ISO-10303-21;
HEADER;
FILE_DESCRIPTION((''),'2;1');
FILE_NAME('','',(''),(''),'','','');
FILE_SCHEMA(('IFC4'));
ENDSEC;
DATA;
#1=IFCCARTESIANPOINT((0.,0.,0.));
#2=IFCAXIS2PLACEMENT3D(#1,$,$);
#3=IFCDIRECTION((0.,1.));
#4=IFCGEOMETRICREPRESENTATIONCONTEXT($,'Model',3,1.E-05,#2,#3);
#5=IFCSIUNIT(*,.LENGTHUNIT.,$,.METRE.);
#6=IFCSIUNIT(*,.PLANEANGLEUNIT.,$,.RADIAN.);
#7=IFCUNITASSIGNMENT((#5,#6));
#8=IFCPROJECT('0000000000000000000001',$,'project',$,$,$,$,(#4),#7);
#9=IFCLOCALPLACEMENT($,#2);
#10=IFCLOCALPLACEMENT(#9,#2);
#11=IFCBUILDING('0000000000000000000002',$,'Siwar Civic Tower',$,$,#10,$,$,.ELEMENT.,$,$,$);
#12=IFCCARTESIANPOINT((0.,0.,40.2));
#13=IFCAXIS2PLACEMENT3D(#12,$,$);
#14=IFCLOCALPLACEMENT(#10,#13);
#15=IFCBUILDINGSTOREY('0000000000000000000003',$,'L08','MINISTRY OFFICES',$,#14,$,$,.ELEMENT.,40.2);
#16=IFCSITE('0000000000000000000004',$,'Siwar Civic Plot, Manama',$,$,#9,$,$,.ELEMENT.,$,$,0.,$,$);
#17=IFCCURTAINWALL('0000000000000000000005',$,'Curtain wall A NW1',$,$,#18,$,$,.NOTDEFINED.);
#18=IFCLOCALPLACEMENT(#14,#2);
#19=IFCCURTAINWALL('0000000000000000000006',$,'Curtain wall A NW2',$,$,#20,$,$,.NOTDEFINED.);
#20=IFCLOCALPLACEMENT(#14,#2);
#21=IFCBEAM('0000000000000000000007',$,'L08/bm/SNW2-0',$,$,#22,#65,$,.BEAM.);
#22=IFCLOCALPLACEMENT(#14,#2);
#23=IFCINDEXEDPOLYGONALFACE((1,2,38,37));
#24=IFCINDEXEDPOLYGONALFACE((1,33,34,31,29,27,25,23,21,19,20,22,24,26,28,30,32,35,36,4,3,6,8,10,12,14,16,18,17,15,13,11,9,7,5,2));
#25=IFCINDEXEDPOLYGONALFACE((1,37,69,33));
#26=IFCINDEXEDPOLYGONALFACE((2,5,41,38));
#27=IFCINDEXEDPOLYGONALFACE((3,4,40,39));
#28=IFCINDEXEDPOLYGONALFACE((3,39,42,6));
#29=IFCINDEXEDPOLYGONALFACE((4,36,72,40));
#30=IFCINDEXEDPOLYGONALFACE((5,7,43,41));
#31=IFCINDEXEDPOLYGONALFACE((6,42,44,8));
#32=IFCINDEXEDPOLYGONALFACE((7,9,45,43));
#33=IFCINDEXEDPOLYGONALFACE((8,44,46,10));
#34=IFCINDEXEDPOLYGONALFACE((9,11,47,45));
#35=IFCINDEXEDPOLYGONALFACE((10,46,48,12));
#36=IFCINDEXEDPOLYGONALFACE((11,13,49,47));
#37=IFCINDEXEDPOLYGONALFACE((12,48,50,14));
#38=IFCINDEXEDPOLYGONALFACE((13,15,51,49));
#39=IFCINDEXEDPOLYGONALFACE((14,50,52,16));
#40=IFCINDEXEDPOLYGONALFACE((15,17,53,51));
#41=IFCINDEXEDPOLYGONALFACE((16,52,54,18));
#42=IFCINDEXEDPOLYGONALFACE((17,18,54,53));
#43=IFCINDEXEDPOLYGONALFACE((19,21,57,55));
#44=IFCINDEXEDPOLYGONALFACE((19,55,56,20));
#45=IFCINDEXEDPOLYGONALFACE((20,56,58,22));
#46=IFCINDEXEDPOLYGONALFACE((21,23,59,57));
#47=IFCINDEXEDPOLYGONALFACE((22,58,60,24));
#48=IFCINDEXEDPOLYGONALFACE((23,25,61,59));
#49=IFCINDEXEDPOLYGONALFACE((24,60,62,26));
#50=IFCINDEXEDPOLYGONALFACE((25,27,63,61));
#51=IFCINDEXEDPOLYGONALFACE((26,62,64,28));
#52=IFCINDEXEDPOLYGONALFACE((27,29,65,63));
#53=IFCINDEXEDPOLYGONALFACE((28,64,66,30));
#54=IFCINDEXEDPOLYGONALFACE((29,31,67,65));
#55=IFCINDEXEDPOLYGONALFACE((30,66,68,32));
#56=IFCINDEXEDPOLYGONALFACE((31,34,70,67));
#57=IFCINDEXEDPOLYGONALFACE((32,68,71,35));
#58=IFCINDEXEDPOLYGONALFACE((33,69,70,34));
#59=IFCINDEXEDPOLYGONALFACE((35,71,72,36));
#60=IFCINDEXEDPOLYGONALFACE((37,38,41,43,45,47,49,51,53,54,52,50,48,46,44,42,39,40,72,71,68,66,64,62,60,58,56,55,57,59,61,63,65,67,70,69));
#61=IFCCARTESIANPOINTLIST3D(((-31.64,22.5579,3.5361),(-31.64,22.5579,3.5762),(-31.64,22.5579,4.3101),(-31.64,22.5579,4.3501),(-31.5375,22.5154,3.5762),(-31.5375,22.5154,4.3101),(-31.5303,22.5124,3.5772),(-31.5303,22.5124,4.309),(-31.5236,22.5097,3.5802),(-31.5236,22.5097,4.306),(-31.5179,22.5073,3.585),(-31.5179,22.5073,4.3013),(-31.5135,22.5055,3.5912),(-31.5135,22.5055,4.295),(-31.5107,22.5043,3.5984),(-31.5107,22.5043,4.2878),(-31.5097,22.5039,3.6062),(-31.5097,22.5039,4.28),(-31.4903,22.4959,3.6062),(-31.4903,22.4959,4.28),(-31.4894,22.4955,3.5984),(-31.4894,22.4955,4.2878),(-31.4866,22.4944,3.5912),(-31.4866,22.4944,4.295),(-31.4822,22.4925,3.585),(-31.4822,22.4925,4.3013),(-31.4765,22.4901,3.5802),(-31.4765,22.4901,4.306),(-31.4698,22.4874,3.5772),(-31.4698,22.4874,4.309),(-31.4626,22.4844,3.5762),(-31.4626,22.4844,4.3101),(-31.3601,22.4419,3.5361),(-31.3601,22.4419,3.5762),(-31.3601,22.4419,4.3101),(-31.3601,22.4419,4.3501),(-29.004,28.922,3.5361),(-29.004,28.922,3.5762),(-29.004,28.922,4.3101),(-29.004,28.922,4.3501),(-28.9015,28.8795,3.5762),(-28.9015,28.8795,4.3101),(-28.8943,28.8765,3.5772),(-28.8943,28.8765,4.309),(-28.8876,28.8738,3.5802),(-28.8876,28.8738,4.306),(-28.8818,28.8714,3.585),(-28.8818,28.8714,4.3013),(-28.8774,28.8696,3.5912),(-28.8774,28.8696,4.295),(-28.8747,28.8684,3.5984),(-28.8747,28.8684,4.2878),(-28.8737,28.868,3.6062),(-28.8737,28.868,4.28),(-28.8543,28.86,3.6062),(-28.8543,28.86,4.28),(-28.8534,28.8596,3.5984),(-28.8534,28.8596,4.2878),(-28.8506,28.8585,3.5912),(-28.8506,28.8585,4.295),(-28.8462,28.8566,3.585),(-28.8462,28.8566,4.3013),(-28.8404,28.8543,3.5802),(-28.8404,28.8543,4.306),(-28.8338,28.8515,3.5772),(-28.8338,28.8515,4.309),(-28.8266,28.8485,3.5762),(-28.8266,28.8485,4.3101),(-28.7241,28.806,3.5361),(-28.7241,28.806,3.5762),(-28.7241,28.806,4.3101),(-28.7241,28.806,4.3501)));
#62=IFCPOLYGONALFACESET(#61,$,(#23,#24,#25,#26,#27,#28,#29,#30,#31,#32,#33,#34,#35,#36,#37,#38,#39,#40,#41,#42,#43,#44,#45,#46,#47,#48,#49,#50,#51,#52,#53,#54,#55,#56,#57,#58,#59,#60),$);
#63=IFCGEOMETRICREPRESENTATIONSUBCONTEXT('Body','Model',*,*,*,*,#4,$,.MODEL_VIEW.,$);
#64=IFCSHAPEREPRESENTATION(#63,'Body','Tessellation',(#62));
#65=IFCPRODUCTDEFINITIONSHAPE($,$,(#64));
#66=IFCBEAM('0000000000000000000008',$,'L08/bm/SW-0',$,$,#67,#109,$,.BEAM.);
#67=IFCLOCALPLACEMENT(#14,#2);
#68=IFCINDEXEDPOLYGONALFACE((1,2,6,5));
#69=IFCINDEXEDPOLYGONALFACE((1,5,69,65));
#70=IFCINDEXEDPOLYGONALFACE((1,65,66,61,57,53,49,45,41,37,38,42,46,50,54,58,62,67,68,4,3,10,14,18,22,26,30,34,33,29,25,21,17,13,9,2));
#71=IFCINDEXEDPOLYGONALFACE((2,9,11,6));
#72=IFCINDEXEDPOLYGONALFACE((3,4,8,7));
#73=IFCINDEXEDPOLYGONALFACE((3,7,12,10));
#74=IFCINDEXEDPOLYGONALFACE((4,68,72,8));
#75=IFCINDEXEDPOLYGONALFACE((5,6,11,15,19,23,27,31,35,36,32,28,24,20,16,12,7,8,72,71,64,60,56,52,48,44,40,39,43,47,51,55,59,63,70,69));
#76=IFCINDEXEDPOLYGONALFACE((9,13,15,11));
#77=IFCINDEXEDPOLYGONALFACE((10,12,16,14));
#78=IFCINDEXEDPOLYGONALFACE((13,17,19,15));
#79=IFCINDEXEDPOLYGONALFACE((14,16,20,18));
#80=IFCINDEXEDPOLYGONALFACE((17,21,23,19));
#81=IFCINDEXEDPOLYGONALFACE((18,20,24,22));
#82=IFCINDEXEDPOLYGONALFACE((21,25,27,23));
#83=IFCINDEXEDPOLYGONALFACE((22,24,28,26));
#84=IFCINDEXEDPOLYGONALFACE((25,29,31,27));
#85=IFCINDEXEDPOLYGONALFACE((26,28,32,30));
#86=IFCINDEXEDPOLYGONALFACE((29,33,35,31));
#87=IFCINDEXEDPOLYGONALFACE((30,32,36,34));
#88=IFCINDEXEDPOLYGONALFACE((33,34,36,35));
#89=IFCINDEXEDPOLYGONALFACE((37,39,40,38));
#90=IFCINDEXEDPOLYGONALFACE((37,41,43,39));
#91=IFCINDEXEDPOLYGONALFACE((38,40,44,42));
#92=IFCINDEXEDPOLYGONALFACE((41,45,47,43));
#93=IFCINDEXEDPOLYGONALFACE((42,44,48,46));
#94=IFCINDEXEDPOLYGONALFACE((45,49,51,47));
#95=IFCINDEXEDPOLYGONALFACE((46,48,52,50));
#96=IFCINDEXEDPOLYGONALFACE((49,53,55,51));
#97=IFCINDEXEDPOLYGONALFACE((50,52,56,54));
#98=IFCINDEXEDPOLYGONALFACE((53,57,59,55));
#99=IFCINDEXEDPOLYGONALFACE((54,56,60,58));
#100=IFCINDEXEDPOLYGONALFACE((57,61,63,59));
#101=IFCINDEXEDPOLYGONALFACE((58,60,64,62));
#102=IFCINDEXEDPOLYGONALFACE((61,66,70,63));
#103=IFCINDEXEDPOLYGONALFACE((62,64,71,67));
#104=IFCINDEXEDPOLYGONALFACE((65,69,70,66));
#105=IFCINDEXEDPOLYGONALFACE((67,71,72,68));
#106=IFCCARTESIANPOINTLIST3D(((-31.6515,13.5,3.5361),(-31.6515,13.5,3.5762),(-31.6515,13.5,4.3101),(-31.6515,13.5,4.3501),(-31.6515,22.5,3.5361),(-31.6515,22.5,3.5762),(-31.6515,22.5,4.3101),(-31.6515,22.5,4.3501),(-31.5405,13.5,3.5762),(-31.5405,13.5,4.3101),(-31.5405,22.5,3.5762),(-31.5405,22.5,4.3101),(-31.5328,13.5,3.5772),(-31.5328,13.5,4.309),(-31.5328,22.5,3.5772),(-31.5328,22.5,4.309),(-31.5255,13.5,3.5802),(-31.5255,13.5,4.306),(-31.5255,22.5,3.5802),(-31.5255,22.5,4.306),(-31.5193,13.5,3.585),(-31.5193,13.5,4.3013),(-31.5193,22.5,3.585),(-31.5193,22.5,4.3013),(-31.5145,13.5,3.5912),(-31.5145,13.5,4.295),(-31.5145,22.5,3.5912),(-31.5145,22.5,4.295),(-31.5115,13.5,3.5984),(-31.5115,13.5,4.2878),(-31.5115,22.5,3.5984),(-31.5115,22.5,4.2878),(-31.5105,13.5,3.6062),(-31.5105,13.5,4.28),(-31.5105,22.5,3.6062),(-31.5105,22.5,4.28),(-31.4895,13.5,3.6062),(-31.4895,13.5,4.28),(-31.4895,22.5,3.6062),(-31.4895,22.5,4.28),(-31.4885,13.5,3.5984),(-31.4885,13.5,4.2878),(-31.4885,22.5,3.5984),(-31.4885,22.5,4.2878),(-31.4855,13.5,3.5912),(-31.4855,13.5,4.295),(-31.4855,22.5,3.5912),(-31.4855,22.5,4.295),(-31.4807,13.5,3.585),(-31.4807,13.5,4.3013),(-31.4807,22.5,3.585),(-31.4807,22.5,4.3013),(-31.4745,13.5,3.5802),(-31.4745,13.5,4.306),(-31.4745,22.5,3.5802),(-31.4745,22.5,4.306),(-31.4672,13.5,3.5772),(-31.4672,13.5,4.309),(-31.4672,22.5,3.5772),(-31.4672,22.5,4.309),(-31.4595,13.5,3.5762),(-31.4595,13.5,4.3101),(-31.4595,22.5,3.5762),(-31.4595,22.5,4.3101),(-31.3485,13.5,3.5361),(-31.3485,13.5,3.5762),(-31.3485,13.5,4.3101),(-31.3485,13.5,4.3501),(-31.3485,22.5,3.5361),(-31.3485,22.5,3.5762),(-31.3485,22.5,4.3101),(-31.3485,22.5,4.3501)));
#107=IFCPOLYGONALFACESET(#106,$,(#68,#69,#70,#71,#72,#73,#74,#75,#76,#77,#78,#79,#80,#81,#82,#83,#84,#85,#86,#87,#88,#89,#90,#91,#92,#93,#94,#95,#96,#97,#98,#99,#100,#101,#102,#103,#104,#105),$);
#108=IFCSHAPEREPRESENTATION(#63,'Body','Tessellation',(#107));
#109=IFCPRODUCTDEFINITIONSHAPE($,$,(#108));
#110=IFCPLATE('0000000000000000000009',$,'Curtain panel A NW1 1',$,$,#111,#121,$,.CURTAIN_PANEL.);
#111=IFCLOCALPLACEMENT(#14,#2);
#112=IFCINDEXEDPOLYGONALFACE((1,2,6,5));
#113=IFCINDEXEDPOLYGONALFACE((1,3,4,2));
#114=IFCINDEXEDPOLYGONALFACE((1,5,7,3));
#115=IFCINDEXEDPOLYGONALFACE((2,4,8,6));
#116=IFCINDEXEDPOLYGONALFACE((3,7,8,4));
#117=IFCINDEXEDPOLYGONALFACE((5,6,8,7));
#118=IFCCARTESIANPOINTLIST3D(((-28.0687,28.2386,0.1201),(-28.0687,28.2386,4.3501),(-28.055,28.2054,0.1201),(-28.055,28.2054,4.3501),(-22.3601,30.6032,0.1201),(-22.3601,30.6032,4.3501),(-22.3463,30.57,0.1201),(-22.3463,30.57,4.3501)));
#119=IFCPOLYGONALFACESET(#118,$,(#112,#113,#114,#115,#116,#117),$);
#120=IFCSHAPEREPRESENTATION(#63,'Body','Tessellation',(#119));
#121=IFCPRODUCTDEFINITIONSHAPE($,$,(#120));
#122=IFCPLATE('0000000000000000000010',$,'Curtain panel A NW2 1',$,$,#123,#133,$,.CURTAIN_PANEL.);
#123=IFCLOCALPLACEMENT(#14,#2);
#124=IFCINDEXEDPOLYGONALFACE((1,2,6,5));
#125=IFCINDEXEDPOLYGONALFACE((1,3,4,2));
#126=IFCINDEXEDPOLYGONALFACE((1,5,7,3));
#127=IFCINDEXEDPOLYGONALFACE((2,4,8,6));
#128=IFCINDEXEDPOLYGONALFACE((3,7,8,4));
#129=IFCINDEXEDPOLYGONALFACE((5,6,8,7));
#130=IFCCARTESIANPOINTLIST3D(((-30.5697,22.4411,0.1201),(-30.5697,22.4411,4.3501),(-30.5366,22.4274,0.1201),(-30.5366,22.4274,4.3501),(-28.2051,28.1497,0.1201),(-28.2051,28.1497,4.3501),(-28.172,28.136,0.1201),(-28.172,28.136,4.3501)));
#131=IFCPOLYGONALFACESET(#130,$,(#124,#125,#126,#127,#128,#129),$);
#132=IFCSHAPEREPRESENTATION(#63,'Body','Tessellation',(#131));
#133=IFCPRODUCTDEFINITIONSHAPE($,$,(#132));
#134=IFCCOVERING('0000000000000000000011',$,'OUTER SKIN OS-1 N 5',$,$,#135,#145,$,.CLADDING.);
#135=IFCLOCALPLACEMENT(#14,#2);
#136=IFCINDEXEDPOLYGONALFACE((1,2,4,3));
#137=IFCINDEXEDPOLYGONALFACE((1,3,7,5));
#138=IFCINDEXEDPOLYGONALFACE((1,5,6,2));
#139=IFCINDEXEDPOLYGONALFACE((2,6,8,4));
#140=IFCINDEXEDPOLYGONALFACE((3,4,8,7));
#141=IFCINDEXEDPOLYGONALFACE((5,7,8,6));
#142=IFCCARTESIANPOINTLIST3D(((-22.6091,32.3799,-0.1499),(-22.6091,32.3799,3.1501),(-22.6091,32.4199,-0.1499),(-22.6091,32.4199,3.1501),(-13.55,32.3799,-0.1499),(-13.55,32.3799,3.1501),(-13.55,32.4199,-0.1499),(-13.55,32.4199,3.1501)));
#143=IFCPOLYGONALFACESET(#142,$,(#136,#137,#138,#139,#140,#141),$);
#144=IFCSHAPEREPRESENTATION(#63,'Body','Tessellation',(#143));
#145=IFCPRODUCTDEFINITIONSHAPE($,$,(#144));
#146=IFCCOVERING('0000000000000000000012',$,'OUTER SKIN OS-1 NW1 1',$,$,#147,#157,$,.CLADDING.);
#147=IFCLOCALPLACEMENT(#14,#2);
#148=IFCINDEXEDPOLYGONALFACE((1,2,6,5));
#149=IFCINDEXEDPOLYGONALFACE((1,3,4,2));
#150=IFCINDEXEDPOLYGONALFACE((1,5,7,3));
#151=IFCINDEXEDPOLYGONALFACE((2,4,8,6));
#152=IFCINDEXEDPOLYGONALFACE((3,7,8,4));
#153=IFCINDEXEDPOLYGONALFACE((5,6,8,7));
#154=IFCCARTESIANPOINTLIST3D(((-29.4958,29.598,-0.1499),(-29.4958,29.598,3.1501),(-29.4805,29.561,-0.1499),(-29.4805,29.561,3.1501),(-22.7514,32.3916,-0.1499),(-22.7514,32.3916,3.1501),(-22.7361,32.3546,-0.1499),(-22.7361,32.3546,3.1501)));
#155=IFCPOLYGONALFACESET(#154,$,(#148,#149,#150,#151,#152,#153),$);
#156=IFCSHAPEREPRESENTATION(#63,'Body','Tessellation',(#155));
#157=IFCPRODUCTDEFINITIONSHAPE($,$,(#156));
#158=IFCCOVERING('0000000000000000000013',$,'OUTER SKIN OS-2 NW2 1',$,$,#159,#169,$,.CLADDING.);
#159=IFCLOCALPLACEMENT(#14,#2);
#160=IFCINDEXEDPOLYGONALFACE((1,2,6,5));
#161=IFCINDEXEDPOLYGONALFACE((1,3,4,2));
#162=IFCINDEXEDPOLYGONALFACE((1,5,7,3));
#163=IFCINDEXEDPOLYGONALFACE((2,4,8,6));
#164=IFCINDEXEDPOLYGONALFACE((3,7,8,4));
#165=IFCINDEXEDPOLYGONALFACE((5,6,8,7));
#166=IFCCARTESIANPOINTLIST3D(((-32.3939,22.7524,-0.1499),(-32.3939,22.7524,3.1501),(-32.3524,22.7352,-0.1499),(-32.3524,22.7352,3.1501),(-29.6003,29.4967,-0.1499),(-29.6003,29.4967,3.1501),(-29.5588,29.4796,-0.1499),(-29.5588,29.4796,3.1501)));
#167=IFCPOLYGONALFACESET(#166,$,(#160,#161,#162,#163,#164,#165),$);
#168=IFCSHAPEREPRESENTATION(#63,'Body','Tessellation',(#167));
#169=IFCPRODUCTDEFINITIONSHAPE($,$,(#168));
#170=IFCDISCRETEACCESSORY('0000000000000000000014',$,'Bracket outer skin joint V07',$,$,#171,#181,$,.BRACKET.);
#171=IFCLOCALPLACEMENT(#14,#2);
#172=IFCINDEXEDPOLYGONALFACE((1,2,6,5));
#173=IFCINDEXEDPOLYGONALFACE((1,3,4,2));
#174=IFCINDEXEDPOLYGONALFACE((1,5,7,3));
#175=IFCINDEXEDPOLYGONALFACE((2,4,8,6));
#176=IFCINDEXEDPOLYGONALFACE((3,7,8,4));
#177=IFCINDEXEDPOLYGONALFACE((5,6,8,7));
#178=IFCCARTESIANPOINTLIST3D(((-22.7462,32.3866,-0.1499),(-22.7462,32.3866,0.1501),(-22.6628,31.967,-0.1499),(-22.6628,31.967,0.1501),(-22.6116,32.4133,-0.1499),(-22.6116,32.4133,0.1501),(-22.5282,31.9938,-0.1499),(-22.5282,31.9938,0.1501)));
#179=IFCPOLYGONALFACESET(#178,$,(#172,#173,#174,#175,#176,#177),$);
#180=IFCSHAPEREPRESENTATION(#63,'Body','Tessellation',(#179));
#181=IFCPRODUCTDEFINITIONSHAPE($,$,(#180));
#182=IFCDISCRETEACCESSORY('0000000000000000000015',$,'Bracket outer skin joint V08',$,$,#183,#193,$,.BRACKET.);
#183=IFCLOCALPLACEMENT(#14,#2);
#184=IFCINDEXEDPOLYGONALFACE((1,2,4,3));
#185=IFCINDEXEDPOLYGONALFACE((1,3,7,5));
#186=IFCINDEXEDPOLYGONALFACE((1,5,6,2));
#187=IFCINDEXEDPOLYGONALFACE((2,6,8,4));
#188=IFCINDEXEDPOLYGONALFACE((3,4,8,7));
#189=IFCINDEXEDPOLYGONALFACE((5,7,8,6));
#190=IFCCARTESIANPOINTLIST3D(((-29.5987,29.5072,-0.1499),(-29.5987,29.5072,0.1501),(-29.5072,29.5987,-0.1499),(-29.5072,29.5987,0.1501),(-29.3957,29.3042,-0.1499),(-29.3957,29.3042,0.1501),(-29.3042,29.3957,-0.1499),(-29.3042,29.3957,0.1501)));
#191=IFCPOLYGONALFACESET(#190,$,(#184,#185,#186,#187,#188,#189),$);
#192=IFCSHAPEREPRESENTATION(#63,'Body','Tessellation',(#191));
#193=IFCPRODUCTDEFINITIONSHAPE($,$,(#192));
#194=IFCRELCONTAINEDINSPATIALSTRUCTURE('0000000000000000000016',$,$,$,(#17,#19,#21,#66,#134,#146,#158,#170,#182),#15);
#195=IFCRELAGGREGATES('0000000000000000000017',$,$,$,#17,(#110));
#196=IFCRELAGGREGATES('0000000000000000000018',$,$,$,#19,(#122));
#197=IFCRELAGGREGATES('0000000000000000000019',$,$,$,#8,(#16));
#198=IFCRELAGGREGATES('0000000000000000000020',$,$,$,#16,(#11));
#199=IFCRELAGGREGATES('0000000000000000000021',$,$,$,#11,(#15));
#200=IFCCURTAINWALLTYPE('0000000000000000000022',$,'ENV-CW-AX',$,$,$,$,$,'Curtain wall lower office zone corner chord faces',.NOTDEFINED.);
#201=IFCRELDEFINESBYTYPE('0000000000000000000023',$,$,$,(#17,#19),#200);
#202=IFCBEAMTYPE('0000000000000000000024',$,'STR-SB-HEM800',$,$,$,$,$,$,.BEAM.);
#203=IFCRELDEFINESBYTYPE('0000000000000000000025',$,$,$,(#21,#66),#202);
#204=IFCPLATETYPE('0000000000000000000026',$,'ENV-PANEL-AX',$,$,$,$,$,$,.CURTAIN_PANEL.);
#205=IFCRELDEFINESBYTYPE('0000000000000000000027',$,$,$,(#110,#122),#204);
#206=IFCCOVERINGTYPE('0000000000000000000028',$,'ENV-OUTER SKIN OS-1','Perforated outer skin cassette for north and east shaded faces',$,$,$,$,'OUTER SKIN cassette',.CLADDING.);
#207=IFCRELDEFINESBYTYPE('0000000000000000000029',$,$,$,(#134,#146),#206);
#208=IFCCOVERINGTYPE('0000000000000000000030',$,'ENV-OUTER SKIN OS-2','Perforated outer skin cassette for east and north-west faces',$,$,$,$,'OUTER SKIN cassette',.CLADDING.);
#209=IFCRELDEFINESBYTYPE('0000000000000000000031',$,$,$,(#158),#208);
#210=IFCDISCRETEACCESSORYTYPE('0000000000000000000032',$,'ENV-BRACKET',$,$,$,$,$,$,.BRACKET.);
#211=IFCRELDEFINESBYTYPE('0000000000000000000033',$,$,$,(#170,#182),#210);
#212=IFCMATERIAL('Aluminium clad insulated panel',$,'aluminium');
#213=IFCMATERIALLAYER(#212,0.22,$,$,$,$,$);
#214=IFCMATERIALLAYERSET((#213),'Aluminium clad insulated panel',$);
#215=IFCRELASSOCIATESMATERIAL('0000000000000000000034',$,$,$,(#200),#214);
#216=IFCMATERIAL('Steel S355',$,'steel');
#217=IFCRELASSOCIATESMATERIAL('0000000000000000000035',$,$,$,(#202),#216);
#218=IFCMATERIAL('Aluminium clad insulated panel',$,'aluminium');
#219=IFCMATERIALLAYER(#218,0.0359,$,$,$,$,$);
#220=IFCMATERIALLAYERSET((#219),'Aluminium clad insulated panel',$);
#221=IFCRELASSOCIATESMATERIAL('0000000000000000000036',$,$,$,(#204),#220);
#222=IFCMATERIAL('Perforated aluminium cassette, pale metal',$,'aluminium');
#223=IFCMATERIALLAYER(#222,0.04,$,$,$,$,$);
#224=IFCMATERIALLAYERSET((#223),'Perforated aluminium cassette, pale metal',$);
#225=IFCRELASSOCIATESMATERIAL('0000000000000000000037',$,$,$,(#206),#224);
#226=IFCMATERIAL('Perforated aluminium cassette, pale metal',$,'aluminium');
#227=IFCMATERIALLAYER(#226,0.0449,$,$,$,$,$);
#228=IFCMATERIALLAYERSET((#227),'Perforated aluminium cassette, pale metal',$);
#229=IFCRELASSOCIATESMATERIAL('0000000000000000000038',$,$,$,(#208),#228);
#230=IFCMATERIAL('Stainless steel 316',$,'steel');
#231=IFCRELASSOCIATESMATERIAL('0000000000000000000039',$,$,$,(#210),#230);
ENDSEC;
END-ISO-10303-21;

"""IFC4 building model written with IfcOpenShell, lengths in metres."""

from ifc_helpers import new_model, si_unit, direction, frame, origin, origin_2d, place, context, subcontext, project, spatial, rectangle, i_section, extrude, material, layer, layer_set, material_profile, profile_set, type_object, element, aggregate, save


model = new_model("IFC4")

# Units and contexts
model_context = context("Model", 3, precision=1e-05, world=origin(), true_north=direction((0.0, 1.0)))
body_context = subcontext(model_context, "Body", "Model", "MODEL_VIEW")
ifc_project = project(units=[si_unit("LENGTHUNIT", "METRE"), si_unit("PLANEANGLEUNIT", "RADIAN")], contexts=[model_context])

# Site, building, storey
site_placement = place(None, origin())
site = spatial("IfcSite", under=ifc_project, at=site_placement, Name="Siwar Civic Plot, Manama", CompositionType="ELEMENT", RefElevation=0.0)
building_placement = place(site_placement, origin())
building = spatial("IfcBuilding", under=site, at=building_placement, Name="Siwar Civic Tower", CompositionType="ELEMENT")
storey_placement = place(building_placement, frame((0.0, 0.0, 40.2)))
storey = spatial("IfcBuildingStorey", under=building, at=storey_placement, Name="L08", Description="MINISTRY OFFICES", CompositionType="ELEMENT", Elevation=40.2)

# Curtain walls
ifc_material_1 = material(Name="Aluminium clad insulated panel", Category="aluminium")
ifc_layer_1 = layer(ifc_material_1, 0.22)
ifc_layer_set_1 = layer_set([ifc_layer_1], Name="Aluminium clad insulated panel")
curtain_wall_type_1 = type_object("IfcCurtainWallType", Name="ENV-CW-AX", ElementType="Curtain wall lower office zone corner chord faces", PredefinedType="NOTDEFINED", material=ifc_layer_set_1)
curtain_wall_1_placement = place(storey_placement, origin())
curtain_wall_1 = element("IfcCurtainWall", 1, at=curtain_wall_1_placement, inside=storey, type_object=curtain_wall_type_1, Name="Curtain wall A NW1", PredefinedType="NOTDEFINED")
curtain_wall_2_placement = place(storey_placement, origin())
curtain_wall_2 = element("IfcCurtainWall", 2, at=curtain_wall_2_placement, inside=storey, type_object=curtain_wall_type_1, Name="Curtain wall A NW2", PredefinedType="NOTDEFINED")

# Beams
ifc_material_2 = material(Name="Steel S355", Category="steel")
ifc_material_profile_1 = material_profile(ifc_material_2, i_section(OverallWidth=0.303, OverallDepth=0.814, WebThickness=0.021, FlangeThickness=0.04, FilletRadius=0.03, at=origin_2d()), Name="HEM800")
ifc_profile_set_1 = profile_set([ifc_material_profile_1], Name="Steel S355")
beam_type_1 = type_object("IfcBeamType", Name="STR-SB-HEM800", PredefinedType="BEAM", material=ifc_profile_set_1)
for number, where, z_axis, x_axis, name in (
    (3, (-28.864, 28.864, 3.9431), (-0.382674, -0.923883, 0.0), (0.923883, -0.382674, 0.0), "L08/bm/SNW2-0"),
):
    element("IfcBeam", number, at=place(storey_placement, frame(where, z_axis=z_axis, x_axis=x_axis)), inside=storey, type_object=beam_type_1, Name=name, PredefinedType="BEAM", context=body_context, shape_type="SweptSolid", body=[
        extrude(i_section(OverallWidth=0.303, OverallDepth=0.814, WebThickness=0.021, FlangeThickness=0.04, FilletRadius=0.03, at=origin_2d()), origin(), (0.0, 0.0, 1.0), 6.8884),
    ])
beam_1_placement = place(storey_placement, frame((-31.5, 22.5, 3.9431), z_axis=(0.0, -1.0, 0.0), x_axis=(1.0, 0.0, 0.0)))
element("IfcBeam", 4, at=beam_1_placement, inside=storey, type_object=beam_type_1, Name="L08/bm/SW-0", PredefinedType="BEAM", context=body_context, shape_type="SweptSolid", body=[
    extrude(i_section(OverallWidth=0.303, OverallDepth=0.814, WebThickness=0.021, FlangeThickness=0.04, FilletRadius=0.03, at=origin_2d()), origin(), (0.0, 0.0, 1.0), 9.0),
])

# Plates
ifc_material_3 = material(Name="Aluminium clad insulated panel", Category="aluminium")
ifc_layer_2 = layer(ifc_material_3, 0.0359)
ifc_layer_set_2 = layer_set([ifc_layer_2], Name="Aluminium clad insulated panel")
plate_type = type_object("IfcPlateType", Name="ENV-PANEL-AX", PredefinedType="CURTAIN_PANEL", material=ifc_layer_set_2)
plate_1_placement = place(storey_placement, frame((-25.2075, 29.4043, 0.1201), z_axis=(0.0, 0.0, 1.0), x_axis=(-0.92388, -0.382683, 0.0)))
plate_1 = element("IfcPlate", 5, at=plate_1_placement, type_object=plate_type, Name="Curtain panel A NW1 1", PredefinedType="CURTAIN_PANEL", context=body_context, shape_type="SweptSolid", body=[
    extrude(rectangle(XDim=6.179, YDim=0.0359, at=origin_2d()), origin(), (0.0, 0.0, 1.0), 4.23),
])
aggregate(curtain_wall_1, [plate_1])
plate_2_placement = place(storey_placement, frame((-29.3708, 25.2886, 0.1201), z_axis=(0.0, 0.0, 1.0), x_axis=(-0.382683, -0.92388, 0.0)))
plate_2 = element("IfcPlate", 6, at=plate_2_placement, type_object=plate_type, Name="Curtain panel A NW2 1", PredefinedType="CURTAIN_PANEL", context=body_context, shape_type="SweptSolid", body=[
    extrude(rectangle(XDim=6.179, YDim=0.0359, at=origin_2d()), origin(), (0.0, 0.0, 1.0), 4.23),
])
aggregate(curtain_wall_2, [plate_2])

# Coverings
ifc_material_4 = material(Name="Perforated aluminium cassette, pale metal", Category="aluminium")
ifc_layer_3 = layer(ifc_material_4, 0.04)
ifc_layer_set_3 = layer_set([ifc_layer_3], Name="Perforated aluminium cassette, pale metal")
covering_type_1 = type_object("IfcCoveringType", Name="ENV-OUTER SKIN OS-1", Description="Perforated outer skin cassette for north and east shaded faces", ElementType="OUTER SKIN cassette", PredefinedType="CLADDING", material=ifc_layer_set_3)
covering_1_placement = place(storey_placement, frame((-18.0796, 32.3999, -0.1499), z_axis=(0.0, 0.0, 1.0), x_axis=(-1.0, 0.0, 0.0)))
element("IfcCovering", 7, at=covering_1_placement, inside=storey, type_object=covering_type_1, Name="OUTER SKIN OS-1 N 5", PredefinedType="CLADDING", context=body_context, shape_type="SweptSolid", body=[
    extrude(rectangle(XDim=9.0591, YDim=0.04, at=origin_2d()), origin(), (0.0, 0.0, 1.0), 3.3),
])
covering_2_placement = place(storey_placement, frame((-26.116, 30.9763, -0.1499), z_axis=(0.0, 0.0, 1.0), x_axis=(-0.92388, -0.382683, 0.0)))
element("IfcCovering", 8, at=covering_2_placement, inside=storey, type_object=covering_type_1, Name="OUTER SKIN OS-1 NW1 1", PredefinedType="CLADDING", context=body_context, shape_type="SweptSolid", body=[
    extrude(rectangle(XDim=7.3, YDim=0.04, at=origin_2d()), origin(), (0.0, 0.0, 1.0), 3.3),
])
ifc_material_5 = material(Name="Perforated aluminium cassette, pale metal", Category="aluminium")
ifc_layer_4 = layer(ifc_material_5, 0.0449)
ifc_layer_set_4 = layer_set([ifc_layer_4], Name="Perforated aluminium cassette, pale metal")
covering_type_2 = type_object("IfcCoveringType", Name="ENV-OUTER SKIN OS-2", Description="Perforated outer skin cassette for east and north-west faces", ElementType="OUTER SKIN cassette", PredefinedType="CLADDING", material=ifc_layer_set_4)
covering_3_placement = place(storey_placement, frame((-30.9763, 26.116, -0.1499), z_axis=(0.0, 0.0, 1.0), x_axis=(-0.382683, -0.92388, 0.0)))
element("IfcCovering", 9, at=covering_3_placement, inside=storey, type_object=covering_type_2, Name="OUTER SKIN OS-2 NW2 1", PredefinedType="CLADDING", context=body_context, shape_type="SweptSolid", body=[
    extrude(rectangle(XDim=7.3, YDim=0.0449, at=origin_2d()), origin(), (0.0, 0.0, 1.0), 3.3),
])

# Discrete accessories
ifc_material_6 = material(Name="Stainless steel 316", Category="steel")
discrete_accessory_type = type_object("IfcDiscreteAccessoryType", Name="ENV-BRACKET", PredefinedType="BRACKET", material=ifc_material_6)
discrete_accessory_1_placement = place(storey_placement, frame((-22.6372, 32.1902, -0.1499), z_axis=(0.0, 0.0, 1.0), x_axis=(-0.19509, 0.980785, 0.0)))
element("IfcDiscreteAccessory", 10, at=discrete_accessory_1_placement, inside=storey, type_object=discrete_accessory_type, Name="Bracket outer skin joint V07", PredefinedType="BRACKET", context=body_context, shape_type="SweptSolid", body=[
    extrude(rectangle(XDim=0.4277, YDim=0.1372, at=origin_2d()), origin(), (0.0, 0.0, 1.0), 0.3),
])
discrete_accessory_2_placement = place(storey_placement, frame((-29.4514, 29.4514, -0.1499), z_axis=(0.0, 0.0, 1.0), x_axis=(-0.707107, 0.707107, 0.0)))
element("IfcDiscreteAccessory", 11, at=discrete_accessory_2_placement, inside=storey, type_object=discrete_accessory_type, Name="Bracket outer skin joint V08", PredefinedType="BRACKET", context=body_context, shape_type="SweptSolid", body=[
    extrude(rectangle(XDim=0.2871, YDim=0.1294, at=origin_2d()), origin(), (0.0, 0.0, 1.0), 0.3),
])

save(model, "model.ifc")
